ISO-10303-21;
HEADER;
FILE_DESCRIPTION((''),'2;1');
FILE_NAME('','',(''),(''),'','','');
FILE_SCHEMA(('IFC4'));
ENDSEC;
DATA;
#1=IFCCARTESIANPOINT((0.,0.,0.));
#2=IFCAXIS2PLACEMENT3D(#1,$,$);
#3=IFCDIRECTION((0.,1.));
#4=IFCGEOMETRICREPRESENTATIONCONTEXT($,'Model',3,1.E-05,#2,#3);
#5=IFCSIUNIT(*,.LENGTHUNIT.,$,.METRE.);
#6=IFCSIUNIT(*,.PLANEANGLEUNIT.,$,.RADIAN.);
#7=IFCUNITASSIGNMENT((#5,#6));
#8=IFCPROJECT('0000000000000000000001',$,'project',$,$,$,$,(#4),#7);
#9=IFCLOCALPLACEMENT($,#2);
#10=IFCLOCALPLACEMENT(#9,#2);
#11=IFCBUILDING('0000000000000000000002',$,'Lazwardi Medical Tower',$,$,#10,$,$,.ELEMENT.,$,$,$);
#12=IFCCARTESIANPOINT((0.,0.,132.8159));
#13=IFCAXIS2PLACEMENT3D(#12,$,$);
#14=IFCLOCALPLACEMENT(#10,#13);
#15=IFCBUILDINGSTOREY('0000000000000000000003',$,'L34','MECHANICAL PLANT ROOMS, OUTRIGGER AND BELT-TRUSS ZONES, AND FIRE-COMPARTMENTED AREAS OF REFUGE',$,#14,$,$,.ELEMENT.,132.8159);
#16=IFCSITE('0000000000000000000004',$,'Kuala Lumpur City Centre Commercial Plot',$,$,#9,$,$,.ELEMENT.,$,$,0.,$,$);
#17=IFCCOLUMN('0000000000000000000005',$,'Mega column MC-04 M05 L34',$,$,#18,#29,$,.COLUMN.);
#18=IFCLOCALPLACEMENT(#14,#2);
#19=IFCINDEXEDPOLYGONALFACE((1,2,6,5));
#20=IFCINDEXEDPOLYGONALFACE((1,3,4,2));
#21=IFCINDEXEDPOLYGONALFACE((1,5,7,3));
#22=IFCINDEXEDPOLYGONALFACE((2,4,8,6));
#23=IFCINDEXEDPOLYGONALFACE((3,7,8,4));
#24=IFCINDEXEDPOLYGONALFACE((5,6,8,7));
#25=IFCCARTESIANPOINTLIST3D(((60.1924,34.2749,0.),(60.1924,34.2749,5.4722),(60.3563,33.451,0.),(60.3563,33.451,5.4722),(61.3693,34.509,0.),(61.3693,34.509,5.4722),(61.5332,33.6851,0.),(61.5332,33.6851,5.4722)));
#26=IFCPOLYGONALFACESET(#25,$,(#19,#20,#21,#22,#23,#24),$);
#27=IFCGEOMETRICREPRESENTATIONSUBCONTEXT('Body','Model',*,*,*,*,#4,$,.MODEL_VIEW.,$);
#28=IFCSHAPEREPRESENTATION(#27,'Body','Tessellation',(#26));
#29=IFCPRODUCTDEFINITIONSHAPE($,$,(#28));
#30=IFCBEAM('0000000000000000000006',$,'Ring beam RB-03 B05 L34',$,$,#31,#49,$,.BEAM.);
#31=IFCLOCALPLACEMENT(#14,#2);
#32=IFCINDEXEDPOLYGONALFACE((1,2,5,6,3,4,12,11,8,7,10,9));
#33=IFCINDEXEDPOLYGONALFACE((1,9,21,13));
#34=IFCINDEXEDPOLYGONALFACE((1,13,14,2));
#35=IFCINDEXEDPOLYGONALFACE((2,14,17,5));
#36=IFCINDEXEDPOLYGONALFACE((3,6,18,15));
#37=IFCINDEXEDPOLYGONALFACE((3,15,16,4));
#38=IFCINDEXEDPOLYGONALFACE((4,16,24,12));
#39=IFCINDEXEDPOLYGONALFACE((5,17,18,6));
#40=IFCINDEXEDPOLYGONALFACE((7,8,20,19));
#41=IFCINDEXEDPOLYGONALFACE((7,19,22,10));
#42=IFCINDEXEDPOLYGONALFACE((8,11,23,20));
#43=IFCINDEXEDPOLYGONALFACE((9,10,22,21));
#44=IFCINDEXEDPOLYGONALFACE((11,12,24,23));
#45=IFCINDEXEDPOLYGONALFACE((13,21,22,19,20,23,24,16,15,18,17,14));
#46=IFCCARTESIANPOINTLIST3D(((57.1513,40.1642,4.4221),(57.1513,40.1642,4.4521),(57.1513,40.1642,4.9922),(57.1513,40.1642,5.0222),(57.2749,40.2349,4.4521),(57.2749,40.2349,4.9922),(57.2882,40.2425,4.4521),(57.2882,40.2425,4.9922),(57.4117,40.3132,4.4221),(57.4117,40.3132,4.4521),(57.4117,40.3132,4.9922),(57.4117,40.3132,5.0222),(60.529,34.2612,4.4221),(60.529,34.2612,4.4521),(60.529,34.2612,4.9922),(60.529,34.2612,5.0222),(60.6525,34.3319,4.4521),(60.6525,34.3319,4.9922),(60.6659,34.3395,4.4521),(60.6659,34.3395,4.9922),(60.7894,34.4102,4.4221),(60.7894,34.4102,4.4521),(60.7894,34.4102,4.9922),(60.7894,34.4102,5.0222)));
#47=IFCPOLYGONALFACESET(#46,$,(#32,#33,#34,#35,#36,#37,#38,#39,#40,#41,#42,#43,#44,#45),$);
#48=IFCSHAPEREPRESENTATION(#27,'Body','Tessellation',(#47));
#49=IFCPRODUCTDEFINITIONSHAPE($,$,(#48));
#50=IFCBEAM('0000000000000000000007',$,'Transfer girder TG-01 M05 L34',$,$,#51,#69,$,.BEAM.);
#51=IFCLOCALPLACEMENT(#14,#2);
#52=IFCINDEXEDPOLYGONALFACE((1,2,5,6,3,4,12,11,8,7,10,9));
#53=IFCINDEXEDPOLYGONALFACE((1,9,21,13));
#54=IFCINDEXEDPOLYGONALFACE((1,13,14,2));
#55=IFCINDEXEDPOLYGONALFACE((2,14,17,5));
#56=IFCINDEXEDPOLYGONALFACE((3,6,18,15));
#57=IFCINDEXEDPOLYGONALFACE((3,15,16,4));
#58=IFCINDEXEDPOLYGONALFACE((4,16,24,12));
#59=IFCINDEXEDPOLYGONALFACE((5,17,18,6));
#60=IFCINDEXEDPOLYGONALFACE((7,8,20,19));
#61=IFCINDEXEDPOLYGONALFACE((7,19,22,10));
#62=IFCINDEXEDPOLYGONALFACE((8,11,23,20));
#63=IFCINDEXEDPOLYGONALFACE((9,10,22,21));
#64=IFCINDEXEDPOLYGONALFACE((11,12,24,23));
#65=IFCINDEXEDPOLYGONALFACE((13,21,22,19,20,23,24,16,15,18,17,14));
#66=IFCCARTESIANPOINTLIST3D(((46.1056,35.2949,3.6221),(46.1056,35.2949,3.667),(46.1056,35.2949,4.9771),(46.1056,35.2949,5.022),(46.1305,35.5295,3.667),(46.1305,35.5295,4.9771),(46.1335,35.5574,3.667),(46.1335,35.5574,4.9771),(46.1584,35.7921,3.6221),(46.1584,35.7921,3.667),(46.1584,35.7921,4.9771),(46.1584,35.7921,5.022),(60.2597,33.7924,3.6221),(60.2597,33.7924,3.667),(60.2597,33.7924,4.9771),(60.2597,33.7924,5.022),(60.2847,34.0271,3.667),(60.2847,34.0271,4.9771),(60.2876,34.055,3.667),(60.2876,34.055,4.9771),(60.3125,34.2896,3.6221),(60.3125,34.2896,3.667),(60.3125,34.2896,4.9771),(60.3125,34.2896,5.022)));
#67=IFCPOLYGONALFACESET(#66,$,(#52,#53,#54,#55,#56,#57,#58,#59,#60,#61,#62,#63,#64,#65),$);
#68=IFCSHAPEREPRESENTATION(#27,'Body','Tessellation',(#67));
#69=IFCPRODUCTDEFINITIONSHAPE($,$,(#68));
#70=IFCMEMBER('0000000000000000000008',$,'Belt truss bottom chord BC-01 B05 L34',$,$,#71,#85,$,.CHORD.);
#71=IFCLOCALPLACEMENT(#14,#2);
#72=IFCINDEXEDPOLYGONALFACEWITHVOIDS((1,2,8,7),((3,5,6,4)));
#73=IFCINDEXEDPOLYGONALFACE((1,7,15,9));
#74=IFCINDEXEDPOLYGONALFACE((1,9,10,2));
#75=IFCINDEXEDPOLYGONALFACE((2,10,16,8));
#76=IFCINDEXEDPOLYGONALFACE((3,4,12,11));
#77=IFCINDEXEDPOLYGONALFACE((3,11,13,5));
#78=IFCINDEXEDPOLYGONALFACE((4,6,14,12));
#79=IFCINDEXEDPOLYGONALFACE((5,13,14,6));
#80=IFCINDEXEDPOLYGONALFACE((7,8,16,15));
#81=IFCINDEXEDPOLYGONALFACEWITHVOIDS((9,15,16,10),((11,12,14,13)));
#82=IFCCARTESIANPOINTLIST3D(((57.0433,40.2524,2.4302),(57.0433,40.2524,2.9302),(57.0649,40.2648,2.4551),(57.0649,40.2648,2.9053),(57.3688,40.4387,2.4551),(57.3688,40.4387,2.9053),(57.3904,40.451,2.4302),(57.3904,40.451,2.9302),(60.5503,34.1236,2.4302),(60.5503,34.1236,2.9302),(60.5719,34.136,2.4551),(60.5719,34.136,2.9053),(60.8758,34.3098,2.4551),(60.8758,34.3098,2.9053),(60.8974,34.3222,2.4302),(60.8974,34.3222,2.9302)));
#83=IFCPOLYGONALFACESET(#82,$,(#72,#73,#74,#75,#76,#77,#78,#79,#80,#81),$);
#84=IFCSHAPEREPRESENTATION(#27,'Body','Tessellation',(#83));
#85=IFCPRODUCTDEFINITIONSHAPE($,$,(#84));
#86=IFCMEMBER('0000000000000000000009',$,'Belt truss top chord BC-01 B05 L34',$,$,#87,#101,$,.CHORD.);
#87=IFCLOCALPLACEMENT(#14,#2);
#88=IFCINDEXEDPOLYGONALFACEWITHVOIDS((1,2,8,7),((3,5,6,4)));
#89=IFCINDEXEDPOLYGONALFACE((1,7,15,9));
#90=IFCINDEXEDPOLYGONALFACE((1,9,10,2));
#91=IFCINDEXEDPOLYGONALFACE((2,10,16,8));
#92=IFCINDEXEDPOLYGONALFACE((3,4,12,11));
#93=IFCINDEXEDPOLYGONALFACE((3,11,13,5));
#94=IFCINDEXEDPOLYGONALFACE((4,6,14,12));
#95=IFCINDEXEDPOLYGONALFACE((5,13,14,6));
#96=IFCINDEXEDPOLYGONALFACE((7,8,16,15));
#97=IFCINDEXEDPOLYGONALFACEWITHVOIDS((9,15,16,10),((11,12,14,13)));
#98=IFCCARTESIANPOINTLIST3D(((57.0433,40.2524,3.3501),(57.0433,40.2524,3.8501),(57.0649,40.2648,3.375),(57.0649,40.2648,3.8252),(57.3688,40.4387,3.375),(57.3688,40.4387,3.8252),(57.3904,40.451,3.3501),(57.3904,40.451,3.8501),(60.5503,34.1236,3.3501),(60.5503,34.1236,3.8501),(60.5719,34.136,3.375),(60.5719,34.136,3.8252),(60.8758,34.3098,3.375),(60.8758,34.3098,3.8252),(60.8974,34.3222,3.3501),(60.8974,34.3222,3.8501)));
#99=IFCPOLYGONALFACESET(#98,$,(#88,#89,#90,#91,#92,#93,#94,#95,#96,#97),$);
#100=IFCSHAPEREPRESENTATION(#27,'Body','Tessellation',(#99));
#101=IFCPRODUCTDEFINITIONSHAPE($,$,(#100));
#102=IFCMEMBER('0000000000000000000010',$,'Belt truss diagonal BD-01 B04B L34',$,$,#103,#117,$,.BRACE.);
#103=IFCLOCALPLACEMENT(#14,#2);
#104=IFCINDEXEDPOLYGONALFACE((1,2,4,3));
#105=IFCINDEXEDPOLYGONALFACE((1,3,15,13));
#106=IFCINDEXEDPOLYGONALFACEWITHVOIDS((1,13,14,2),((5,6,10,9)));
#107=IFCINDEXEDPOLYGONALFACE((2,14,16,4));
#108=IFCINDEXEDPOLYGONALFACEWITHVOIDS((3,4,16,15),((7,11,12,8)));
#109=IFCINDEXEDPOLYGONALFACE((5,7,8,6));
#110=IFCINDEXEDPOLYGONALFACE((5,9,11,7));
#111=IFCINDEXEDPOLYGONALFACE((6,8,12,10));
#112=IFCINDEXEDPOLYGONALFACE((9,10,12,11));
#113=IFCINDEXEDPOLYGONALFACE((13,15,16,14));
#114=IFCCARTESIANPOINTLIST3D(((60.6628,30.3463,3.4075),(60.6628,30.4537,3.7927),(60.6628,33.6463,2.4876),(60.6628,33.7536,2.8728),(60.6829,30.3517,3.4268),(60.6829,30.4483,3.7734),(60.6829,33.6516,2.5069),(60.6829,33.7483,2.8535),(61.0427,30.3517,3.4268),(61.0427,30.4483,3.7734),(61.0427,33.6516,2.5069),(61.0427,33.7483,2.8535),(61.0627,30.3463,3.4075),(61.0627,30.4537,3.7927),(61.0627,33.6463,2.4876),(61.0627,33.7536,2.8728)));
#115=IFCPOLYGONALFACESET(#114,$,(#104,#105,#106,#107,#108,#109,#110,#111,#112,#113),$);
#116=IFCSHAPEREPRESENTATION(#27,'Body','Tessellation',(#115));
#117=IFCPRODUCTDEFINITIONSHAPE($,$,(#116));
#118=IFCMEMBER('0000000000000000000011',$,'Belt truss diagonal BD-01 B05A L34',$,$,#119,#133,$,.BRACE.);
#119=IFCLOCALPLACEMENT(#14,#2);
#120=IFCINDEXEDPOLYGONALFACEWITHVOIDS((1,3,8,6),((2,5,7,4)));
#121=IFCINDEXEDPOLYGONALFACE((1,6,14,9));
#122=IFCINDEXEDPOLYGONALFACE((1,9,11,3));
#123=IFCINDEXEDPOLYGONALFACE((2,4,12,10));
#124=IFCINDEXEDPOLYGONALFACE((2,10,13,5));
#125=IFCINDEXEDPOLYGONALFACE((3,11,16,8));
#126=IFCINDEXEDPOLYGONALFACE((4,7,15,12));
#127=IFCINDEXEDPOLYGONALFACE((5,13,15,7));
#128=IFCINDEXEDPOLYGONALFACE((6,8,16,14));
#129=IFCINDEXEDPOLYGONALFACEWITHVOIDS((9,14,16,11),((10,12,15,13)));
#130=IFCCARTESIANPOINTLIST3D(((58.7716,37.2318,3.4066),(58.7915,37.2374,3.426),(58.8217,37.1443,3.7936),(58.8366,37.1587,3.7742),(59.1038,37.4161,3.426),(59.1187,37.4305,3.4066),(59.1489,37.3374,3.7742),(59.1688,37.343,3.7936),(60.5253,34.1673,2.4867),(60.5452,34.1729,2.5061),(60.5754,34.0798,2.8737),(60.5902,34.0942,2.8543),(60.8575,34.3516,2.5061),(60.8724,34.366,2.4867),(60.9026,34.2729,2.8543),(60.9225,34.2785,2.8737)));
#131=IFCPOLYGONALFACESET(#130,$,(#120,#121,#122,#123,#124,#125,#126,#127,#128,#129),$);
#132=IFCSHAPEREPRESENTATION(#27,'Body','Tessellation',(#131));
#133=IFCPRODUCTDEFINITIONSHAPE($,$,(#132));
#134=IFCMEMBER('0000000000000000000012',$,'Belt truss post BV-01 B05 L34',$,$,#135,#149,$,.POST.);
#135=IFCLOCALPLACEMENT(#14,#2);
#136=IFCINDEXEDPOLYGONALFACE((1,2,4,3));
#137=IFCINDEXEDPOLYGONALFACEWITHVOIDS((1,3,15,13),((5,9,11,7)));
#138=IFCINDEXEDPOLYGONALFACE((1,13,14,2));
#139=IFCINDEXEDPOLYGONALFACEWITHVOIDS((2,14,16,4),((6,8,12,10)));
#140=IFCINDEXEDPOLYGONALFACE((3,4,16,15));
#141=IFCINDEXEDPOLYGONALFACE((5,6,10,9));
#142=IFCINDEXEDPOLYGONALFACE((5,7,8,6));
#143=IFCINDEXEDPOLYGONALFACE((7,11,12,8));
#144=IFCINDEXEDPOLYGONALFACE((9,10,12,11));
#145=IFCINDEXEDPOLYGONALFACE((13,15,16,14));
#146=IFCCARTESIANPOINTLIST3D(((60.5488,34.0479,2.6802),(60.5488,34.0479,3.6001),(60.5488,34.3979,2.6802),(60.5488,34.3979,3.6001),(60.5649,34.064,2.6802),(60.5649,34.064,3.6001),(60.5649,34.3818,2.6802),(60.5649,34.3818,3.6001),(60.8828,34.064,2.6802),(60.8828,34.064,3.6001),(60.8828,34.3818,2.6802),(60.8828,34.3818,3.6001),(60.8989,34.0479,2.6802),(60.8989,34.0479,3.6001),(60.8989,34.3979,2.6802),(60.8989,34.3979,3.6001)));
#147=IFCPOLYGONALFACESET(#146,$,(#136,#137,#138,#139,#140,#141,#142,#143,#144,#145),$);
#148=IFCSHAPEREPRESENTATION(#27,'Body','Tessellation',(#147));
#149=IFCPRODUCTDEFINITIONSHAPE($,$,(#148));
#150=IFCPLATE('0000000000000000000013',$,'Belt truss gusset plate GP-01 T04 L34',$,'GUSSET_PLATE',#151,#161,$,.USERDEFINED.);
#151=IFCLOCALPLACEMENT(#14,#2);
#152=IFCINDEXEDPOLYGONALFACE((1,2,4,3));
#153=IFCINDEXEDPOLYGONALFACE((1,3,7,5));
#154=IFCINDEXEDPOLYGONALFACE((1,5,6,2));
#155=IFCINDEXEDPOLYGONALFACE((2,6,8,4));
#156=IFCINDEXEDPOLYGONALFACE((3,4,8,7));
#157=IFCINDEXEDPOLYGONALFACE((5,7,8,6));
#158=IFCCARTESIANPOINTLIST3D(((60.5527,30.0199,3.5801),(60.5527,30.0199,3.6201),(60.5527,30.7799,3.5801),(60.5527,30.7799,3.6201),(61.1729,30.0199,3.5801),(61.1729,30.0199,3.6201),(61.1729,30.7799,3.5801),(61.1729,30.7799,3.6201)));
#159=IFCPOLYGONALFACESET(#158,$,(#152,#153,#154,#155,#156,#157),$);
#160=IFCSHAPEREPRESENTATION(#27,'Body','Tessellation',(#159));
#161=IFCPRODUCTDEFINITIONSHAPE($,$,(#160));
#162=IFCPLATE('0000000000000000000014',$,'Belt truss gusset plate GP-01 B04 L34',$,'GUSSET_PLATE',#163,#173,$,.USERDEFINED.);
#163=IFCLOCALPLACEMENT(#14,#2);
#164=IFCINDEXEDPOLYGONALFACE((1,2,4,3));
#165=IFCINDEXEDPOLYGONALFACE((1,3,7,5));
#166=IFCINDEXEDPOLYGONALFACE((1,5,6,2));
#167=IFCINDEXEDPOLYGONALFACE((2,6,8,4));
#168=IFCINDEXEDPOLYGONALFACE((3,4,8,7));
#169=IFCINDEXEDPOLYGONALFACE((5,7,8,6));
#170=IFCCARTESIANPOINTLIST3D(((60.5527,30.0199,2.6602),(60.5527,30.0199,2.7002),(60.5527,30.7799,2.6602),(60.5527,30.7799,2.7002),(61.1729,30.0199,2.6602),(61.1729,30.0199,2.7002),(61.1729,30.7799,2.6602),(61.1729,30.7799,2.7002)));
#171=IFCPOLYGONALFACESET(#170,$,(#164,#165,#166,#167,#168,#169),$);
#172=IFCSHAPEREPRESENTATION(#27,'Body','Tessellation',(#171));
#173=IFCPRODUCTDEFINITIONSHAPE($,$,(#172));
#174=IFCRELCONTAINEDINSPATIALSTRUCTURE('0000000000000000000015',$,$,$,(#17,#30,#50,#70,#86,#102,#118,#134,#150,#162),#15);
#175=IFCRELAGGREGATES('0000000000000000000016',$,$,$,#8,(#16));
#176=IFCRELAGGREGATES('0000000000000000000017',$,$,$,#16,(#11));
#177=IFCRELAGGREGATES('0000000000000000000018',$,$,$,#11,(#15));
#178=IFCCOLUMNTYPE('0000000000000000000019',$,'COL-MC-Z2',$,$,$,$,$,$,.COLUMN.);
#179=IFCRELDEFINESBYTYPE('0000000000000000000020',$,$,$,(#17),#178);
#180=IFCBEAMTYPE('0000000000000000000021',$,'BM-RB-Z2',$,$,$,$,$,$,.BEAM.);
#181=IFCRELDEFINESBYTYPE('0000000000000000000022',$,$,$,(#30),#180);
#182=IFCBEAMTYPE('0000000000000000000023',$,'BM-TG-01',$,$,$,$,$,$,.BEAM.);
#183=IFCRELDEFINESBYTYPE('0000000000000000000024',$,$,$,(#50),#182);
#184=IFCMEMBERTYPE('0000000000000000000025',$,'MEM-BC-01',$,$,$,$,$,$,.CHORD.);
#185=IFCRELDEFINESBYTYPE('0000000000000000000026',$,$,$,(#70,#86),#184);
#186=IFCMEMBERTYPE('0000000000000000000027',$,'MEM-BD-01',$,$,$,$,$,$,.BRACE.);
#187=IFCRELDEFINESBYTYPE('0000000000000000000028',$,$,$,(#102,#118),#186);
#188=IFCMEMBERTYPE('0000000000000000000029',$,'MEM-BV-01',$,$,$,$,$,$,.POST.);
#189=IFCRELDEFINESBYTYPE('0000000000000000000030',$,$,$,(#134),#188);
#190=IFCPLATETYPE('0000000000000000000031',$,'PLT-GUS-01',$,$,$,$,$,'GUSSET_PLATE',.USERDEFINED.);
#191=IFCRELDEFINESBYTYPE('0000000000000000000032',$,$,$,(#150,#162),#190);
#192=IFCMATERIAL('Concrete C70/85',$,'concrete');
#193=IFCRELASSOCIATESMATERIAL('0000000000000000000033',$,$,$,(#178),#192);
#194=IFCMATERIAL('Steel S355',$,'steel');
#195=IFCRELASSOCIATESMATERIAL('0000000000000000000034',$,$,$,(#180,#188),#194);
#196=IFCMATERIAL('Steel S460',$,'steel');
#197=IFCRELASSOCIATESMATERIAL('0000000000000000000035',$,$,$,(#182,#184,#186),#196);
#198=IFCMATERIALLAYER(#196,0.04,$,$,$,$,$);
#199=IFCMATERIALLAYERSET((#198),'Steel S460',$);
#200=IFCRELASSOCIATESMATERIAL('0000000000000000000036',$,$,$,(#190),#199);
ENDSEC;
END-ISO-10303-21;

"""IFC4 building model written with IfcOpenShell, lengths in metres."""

from ifc_helpers import new_model, si_unit, direction, frame, origin, origin_2d, place, context, subcontext, project, spatial, rectangle, hollow_rectangle, i_section, extrude, material, layer, layer_set, material_profile, profile_set, type_object, element, save


model = new_model("IFC4")

# Units and contexts
model_context = context("Model", 3, precision=1e-05, world=origin(), true_north=direction((0.0, 1.0)))
body_context = subcontext(model_context, "Body", "Model", "MODEL_VIEW")
ifc_project = project(units=[si_unit("LENGTHUNIT", "METRE"), si_unit("PLANEANGLEUNIT", "RADIAN")], contexts=[model_context])

# Site, building, storey
site_placement = place(None, origin())
site = spatial("IfcSite", under=ifc_project, at=site_placement, Name="Kuala Lumpur City Centre Commercial Plot", CompositionType="ELEMENT", RefElevation=0.0)
building_placement = place(site_placement, origin())
building = spatial("IfcBuilding", under=site, at=building_placement, Name="Lazwardi Medical Tower", CompositionType="ELEMENT")
storey_placement = place(building_placement, frame((0.0, 0.0, 132.8159)))
storey = spatial("IfcBuildingStorey", under=building, at=storey_placement, Name="L34", Description="MECHANICAL PLANT ROOMS, OUTRIGGER AND BELT-TRUSS ZONES, AND FIRE-COMPARTMENTED AREAS OF REFUGE", CompositionType="ELEMENT", Elevation=132.8159)

# Column
ifc_material_1 = material(Name="Concrete C70/85", Category="concrete")
ifc_material_profile_1 = material_profile(ifc_material_1, rectangle(XDim=1.2, YDim=0.8401, at=origin_2d()), Name="CFT-RECT 1200x840")
ifc_profile_set_1 = profile_set([ifc_material_profile_1], Name="Concrete C70/85")
column_type = type_object("IfcColumnType", Name="COL-MC-Z2", PredefinedType="COLUMN", material=ifc_profile_set_1)
column_placement = place(storey_placement, frame((60.8628, 33.98, 0.0), z_axis=(0.0, 0.0, 1.0), x_axis=(0.980785, 0.19509, 0.0)))
element("IfcColumn", 1, at=column_placement, inside=storey, type_object=column_type, Name="Mega column MC-04 M05 L34", PredefinedType="COLUMN", context=body_context, shape_type="SweptSolid", body=[
    extrude(rectangle(XDim=1.2, YDim=0.8401, at=origin_2d()), origin(), (0.0, 0.0, 1.0), 5.4722),
])

# Beams
ifc_material_2 = material(Name="Steel S355", Category="steel")
ifc_material_profile_2 = material_profile(ifc_material_2, i_section(OverallWidth=0.3, OverallDepth=0.6001, WebThickness=0.0154, FlangeThickness=0.03, at=origin_2d()), Name="HEB 600")
ifc_profile_set_2 = profile_set([ifc_material_profile_2], Name="Steel S355")
beam_type_1 = type_object("IfcBeamType", Name="BM-RB-Z2", PredefinedType="BEAM", material=ifc_profile_set_2)
beam_1_placement = place(storey_placement, frame((60.6592, 34.3357, 4.7222), z_axis=(-0.496638, 0.867958, 0.0), x_axis=(-0.867958, -0.496638, 0.0)))
element("IfcBeam", 2, at=beam_1_placement, inside=storey, type_object=beam_type_1, Name="Ring beam RB-03 B05 L34", PredefinedType="BEAM", context=body_context, shape_type="SweptSolid", body=[
    extrude(i_section(OverallWidth=0.3, OverallDepth=0.6001, WebThickness=0.0154, FlangeThickness=0.03, at=origin_2d()), origin(), (0.0, 0.0, 1.0), 6.801),
])
ifc_material_3 = material(Name="Steel S460", Category="steel")
ifc_material_profile_3 = material_profile(ifc_material_3, i_section(OverallWidth=0.5, OverallDepth=1.3999, WebThickness=0.0281, FlangeThickness=0.0449, at=origin_2d()), Name="PG 1400x500")
ifc_profile_set_3 = profile_set([ifc_material_profile_3], Name="Steel S460")
beam_type_2 = type_object("IfcBeamType", Name="BM-TG-01", PredefinedType="BEAM", material=ifc_profile_set_3)
beam_2_placement = place(storey_placement, frame((60.2861, 34.041, 4.322), z_axis=(-0.994413, 0.105556, 0.0), x_axis=(-0.105556, -0.994413, 0.0)))
element("IfcBeam", 3, at=beam_2_placement, inside=storey, type_object=beam_type_2, Name="Transfer girder TG-01 M05 L34", PredefinedType="BEAM", context=body_context, shape_type="SweptSolid", body=[
    extrude(i_section(OverallWidth=0.5, OverallDepth=1.3999, WebThickness=0.0281, FlangeThickness=0.0449, at=origin_2d()), origin(), (0.0, 0.0, 1.0), 14.2336),
])

# Members
ifc_material_profile_4 = material_profile(ifc_material_3, hollow_rectangle(XDim=0.3999, YDim=0.5, WallThickness=0.0249, at=origin_2d()), Name="RHS 500x400x25")
ifc_profile_set_4 = profile_set([ifc_material_profile_4], Name="Steel S460")
member_type_1 = type_object("IfcMemberType", Name="MEM-BC-01", PredefinedType="CHORD", material=ifc_profile_set_4)
for number, where, z_axis, x_axis, name in (
    (4, (60.7239, 34.2229, 2.6802), (-0.496656, 0.867947, 0.0), (-0.867947, -0.496656, 0.0), "Belt truss bottom chord BC-01 B05 L34"),
    (5, (60.7239, 34.2229, 3.6001), (-0.496656, 0.867947, 0.0), (-0.867947, -0.496656, 0.0), "Belt truss top chord BC-01 B05 L34"),
):
    element("IfcMember", number, at=place(storey_placement, frame(where, z_axis=z_axis, x_axis=x_axis)), inside=storey, type_object=member_type_1, Name=name, PredefinedType="CHORD", context=body_context, shape_type="SweptSolid", body=[
        extrude(hollow_rectangle(XDim=0.3999, YDim=0.5, WallThickness=0.0249, at=origin_2d()), origin(), (0.0, 0.0, 1.0), 7.0613),
    ])
ifc_material_profile_5 = material_profile(ifc_material_3, hollow_rectangle(XDim=0.3999, YDim=0.3999, WallThickness=0.02, at=origin_2d()), Name="RHS 400x400x20")
ifc_profile_set_5 = profile_set([ifc_material_profile_5], Name="Steel S460")
member_type_2 = type_object("IfcMemberType", Name="MEM-BD-01", PredefinedType="BRACE", material=ifc_profile_set_5)
member_1_placement = place(storey_placement, frame((60.8628, 33.7, 2.6802), z_axis=(0.0, -0.963273, 0.268522), x_axis=(1.0, 0.0, 0.0)))
element("IfcMember", 6, at=member_1_placement, inside=storey, type_object=member_type_2, Name="Belt truss diagonal BD-01 B04B L34", PredefinedType="BRACE", context=body_context, shape_type="SweptSolid", body=[
    extrude(hollow_rectangle(XDim=0.3999, YDim=0.3999, WallThickness=0.02, at=origin_2d()), origin(), (0.0, 0.0, 1.0), 3.4258),
])
member_2_placement = place(storey_placement, frame((60.7239, 34.2229, 2.6802), z_axis=(-0.480637, 0.839893, 0.252128), x_axis=(-0.867932, -0.496682, 0.0)))
element("IfcMember", 7, at=member_2_placement, inside=storey, type_object=member_type_2, Name="Belt truss diagonal BD-01 B05A L34", PredefinedType="BRACE", context=body_context, shape_type="SweptSolid", body=[
    extrude(hollow_rectangle(XDim=0.3999, YDim=0.3999, WallThickness=0.02, at=origin_2d()), origin(), (0.0, 0.0, 1.0), 3.6487),
])
ifc_material_profile_6 = material_profile(ifc_material_2, hollow_rectangle(XDim=0.3501, YDim=0.3501, WallThickness=0.0161, at=origin_2d()), Name="RHS 350x350x16")
ifc_profile_set_6 = profile_set([ifc_material_profile_6], Name="Steel S355")
member_type_3 = type_object("IfcMemberType", Name="MEM-BV-01", PredefinedType="POST", material=ifc_profile_set_6)
member_3_placement = place(storey_placement, frame((60.7239, 34.2229, 2.6802), z_axis=(0.0, 0.0, 1.0), x_axis=(1.0, 0.0, 0.0)))
element("IfcMember", 8, at=member_3_placement, inside=storey, type_object=member_type_3, Name="Belt truss post BV-01 B05 L34", PredefinedType="POST", context=body_context, shape_type="SweptSolid", body=[
    extrude(hollow_rectangle(XDim=0.3501, YDim=0.3501, WallThickness=0.0161, at=origin_2d()), origin(), (0.0, 0.0, 1.0), 0.9199),
])

# Plates
ifc_layer = layer(ifc_material_3, 0.04)
ifc_layer_set = layer_set([ifc_layer], Name="Steel S460")
plate_type = type_object("IfcPlateType", Name="PLT-GUS-01", ElementType="GUSSET_PLATE", PredefinedType="USERDEFINED", material=ifc_layer_set)
for number, where, z_axis, x_axis, name in (
    (9, (60.8628, 30.3999, 3.5801), (0.0, 0.0, 1.0), (0.0, 1.0, 0.0), "Belt truss gusset plate GP-01 T04 L34"),
    (10, (60.8628, 30.3999, 2.6602), (0.0, 0.0, 1.0), (0.0, 1.0, 0.0), "Belt truss gusset plate GP-01 B04 L34"),
):
    element("IfcPlate", number, at=place(storey_placement, frame(where, z_axis=z_axis, x_axis=x_axis)), inside=storey, type_object=plate_type, Name=name, ObjectType="GUSSET_PLATE", PredefinedType="USERDEFINED", context=body_context, shape_type="SweptSolid", body=[
        extrude(rectangle(XDim=0.76, YDim=0.6201, at=origin_2d()), origin(), (0.0, 0.0, 1.0), 0.04),
    ])

save(model, "model.ifc")
